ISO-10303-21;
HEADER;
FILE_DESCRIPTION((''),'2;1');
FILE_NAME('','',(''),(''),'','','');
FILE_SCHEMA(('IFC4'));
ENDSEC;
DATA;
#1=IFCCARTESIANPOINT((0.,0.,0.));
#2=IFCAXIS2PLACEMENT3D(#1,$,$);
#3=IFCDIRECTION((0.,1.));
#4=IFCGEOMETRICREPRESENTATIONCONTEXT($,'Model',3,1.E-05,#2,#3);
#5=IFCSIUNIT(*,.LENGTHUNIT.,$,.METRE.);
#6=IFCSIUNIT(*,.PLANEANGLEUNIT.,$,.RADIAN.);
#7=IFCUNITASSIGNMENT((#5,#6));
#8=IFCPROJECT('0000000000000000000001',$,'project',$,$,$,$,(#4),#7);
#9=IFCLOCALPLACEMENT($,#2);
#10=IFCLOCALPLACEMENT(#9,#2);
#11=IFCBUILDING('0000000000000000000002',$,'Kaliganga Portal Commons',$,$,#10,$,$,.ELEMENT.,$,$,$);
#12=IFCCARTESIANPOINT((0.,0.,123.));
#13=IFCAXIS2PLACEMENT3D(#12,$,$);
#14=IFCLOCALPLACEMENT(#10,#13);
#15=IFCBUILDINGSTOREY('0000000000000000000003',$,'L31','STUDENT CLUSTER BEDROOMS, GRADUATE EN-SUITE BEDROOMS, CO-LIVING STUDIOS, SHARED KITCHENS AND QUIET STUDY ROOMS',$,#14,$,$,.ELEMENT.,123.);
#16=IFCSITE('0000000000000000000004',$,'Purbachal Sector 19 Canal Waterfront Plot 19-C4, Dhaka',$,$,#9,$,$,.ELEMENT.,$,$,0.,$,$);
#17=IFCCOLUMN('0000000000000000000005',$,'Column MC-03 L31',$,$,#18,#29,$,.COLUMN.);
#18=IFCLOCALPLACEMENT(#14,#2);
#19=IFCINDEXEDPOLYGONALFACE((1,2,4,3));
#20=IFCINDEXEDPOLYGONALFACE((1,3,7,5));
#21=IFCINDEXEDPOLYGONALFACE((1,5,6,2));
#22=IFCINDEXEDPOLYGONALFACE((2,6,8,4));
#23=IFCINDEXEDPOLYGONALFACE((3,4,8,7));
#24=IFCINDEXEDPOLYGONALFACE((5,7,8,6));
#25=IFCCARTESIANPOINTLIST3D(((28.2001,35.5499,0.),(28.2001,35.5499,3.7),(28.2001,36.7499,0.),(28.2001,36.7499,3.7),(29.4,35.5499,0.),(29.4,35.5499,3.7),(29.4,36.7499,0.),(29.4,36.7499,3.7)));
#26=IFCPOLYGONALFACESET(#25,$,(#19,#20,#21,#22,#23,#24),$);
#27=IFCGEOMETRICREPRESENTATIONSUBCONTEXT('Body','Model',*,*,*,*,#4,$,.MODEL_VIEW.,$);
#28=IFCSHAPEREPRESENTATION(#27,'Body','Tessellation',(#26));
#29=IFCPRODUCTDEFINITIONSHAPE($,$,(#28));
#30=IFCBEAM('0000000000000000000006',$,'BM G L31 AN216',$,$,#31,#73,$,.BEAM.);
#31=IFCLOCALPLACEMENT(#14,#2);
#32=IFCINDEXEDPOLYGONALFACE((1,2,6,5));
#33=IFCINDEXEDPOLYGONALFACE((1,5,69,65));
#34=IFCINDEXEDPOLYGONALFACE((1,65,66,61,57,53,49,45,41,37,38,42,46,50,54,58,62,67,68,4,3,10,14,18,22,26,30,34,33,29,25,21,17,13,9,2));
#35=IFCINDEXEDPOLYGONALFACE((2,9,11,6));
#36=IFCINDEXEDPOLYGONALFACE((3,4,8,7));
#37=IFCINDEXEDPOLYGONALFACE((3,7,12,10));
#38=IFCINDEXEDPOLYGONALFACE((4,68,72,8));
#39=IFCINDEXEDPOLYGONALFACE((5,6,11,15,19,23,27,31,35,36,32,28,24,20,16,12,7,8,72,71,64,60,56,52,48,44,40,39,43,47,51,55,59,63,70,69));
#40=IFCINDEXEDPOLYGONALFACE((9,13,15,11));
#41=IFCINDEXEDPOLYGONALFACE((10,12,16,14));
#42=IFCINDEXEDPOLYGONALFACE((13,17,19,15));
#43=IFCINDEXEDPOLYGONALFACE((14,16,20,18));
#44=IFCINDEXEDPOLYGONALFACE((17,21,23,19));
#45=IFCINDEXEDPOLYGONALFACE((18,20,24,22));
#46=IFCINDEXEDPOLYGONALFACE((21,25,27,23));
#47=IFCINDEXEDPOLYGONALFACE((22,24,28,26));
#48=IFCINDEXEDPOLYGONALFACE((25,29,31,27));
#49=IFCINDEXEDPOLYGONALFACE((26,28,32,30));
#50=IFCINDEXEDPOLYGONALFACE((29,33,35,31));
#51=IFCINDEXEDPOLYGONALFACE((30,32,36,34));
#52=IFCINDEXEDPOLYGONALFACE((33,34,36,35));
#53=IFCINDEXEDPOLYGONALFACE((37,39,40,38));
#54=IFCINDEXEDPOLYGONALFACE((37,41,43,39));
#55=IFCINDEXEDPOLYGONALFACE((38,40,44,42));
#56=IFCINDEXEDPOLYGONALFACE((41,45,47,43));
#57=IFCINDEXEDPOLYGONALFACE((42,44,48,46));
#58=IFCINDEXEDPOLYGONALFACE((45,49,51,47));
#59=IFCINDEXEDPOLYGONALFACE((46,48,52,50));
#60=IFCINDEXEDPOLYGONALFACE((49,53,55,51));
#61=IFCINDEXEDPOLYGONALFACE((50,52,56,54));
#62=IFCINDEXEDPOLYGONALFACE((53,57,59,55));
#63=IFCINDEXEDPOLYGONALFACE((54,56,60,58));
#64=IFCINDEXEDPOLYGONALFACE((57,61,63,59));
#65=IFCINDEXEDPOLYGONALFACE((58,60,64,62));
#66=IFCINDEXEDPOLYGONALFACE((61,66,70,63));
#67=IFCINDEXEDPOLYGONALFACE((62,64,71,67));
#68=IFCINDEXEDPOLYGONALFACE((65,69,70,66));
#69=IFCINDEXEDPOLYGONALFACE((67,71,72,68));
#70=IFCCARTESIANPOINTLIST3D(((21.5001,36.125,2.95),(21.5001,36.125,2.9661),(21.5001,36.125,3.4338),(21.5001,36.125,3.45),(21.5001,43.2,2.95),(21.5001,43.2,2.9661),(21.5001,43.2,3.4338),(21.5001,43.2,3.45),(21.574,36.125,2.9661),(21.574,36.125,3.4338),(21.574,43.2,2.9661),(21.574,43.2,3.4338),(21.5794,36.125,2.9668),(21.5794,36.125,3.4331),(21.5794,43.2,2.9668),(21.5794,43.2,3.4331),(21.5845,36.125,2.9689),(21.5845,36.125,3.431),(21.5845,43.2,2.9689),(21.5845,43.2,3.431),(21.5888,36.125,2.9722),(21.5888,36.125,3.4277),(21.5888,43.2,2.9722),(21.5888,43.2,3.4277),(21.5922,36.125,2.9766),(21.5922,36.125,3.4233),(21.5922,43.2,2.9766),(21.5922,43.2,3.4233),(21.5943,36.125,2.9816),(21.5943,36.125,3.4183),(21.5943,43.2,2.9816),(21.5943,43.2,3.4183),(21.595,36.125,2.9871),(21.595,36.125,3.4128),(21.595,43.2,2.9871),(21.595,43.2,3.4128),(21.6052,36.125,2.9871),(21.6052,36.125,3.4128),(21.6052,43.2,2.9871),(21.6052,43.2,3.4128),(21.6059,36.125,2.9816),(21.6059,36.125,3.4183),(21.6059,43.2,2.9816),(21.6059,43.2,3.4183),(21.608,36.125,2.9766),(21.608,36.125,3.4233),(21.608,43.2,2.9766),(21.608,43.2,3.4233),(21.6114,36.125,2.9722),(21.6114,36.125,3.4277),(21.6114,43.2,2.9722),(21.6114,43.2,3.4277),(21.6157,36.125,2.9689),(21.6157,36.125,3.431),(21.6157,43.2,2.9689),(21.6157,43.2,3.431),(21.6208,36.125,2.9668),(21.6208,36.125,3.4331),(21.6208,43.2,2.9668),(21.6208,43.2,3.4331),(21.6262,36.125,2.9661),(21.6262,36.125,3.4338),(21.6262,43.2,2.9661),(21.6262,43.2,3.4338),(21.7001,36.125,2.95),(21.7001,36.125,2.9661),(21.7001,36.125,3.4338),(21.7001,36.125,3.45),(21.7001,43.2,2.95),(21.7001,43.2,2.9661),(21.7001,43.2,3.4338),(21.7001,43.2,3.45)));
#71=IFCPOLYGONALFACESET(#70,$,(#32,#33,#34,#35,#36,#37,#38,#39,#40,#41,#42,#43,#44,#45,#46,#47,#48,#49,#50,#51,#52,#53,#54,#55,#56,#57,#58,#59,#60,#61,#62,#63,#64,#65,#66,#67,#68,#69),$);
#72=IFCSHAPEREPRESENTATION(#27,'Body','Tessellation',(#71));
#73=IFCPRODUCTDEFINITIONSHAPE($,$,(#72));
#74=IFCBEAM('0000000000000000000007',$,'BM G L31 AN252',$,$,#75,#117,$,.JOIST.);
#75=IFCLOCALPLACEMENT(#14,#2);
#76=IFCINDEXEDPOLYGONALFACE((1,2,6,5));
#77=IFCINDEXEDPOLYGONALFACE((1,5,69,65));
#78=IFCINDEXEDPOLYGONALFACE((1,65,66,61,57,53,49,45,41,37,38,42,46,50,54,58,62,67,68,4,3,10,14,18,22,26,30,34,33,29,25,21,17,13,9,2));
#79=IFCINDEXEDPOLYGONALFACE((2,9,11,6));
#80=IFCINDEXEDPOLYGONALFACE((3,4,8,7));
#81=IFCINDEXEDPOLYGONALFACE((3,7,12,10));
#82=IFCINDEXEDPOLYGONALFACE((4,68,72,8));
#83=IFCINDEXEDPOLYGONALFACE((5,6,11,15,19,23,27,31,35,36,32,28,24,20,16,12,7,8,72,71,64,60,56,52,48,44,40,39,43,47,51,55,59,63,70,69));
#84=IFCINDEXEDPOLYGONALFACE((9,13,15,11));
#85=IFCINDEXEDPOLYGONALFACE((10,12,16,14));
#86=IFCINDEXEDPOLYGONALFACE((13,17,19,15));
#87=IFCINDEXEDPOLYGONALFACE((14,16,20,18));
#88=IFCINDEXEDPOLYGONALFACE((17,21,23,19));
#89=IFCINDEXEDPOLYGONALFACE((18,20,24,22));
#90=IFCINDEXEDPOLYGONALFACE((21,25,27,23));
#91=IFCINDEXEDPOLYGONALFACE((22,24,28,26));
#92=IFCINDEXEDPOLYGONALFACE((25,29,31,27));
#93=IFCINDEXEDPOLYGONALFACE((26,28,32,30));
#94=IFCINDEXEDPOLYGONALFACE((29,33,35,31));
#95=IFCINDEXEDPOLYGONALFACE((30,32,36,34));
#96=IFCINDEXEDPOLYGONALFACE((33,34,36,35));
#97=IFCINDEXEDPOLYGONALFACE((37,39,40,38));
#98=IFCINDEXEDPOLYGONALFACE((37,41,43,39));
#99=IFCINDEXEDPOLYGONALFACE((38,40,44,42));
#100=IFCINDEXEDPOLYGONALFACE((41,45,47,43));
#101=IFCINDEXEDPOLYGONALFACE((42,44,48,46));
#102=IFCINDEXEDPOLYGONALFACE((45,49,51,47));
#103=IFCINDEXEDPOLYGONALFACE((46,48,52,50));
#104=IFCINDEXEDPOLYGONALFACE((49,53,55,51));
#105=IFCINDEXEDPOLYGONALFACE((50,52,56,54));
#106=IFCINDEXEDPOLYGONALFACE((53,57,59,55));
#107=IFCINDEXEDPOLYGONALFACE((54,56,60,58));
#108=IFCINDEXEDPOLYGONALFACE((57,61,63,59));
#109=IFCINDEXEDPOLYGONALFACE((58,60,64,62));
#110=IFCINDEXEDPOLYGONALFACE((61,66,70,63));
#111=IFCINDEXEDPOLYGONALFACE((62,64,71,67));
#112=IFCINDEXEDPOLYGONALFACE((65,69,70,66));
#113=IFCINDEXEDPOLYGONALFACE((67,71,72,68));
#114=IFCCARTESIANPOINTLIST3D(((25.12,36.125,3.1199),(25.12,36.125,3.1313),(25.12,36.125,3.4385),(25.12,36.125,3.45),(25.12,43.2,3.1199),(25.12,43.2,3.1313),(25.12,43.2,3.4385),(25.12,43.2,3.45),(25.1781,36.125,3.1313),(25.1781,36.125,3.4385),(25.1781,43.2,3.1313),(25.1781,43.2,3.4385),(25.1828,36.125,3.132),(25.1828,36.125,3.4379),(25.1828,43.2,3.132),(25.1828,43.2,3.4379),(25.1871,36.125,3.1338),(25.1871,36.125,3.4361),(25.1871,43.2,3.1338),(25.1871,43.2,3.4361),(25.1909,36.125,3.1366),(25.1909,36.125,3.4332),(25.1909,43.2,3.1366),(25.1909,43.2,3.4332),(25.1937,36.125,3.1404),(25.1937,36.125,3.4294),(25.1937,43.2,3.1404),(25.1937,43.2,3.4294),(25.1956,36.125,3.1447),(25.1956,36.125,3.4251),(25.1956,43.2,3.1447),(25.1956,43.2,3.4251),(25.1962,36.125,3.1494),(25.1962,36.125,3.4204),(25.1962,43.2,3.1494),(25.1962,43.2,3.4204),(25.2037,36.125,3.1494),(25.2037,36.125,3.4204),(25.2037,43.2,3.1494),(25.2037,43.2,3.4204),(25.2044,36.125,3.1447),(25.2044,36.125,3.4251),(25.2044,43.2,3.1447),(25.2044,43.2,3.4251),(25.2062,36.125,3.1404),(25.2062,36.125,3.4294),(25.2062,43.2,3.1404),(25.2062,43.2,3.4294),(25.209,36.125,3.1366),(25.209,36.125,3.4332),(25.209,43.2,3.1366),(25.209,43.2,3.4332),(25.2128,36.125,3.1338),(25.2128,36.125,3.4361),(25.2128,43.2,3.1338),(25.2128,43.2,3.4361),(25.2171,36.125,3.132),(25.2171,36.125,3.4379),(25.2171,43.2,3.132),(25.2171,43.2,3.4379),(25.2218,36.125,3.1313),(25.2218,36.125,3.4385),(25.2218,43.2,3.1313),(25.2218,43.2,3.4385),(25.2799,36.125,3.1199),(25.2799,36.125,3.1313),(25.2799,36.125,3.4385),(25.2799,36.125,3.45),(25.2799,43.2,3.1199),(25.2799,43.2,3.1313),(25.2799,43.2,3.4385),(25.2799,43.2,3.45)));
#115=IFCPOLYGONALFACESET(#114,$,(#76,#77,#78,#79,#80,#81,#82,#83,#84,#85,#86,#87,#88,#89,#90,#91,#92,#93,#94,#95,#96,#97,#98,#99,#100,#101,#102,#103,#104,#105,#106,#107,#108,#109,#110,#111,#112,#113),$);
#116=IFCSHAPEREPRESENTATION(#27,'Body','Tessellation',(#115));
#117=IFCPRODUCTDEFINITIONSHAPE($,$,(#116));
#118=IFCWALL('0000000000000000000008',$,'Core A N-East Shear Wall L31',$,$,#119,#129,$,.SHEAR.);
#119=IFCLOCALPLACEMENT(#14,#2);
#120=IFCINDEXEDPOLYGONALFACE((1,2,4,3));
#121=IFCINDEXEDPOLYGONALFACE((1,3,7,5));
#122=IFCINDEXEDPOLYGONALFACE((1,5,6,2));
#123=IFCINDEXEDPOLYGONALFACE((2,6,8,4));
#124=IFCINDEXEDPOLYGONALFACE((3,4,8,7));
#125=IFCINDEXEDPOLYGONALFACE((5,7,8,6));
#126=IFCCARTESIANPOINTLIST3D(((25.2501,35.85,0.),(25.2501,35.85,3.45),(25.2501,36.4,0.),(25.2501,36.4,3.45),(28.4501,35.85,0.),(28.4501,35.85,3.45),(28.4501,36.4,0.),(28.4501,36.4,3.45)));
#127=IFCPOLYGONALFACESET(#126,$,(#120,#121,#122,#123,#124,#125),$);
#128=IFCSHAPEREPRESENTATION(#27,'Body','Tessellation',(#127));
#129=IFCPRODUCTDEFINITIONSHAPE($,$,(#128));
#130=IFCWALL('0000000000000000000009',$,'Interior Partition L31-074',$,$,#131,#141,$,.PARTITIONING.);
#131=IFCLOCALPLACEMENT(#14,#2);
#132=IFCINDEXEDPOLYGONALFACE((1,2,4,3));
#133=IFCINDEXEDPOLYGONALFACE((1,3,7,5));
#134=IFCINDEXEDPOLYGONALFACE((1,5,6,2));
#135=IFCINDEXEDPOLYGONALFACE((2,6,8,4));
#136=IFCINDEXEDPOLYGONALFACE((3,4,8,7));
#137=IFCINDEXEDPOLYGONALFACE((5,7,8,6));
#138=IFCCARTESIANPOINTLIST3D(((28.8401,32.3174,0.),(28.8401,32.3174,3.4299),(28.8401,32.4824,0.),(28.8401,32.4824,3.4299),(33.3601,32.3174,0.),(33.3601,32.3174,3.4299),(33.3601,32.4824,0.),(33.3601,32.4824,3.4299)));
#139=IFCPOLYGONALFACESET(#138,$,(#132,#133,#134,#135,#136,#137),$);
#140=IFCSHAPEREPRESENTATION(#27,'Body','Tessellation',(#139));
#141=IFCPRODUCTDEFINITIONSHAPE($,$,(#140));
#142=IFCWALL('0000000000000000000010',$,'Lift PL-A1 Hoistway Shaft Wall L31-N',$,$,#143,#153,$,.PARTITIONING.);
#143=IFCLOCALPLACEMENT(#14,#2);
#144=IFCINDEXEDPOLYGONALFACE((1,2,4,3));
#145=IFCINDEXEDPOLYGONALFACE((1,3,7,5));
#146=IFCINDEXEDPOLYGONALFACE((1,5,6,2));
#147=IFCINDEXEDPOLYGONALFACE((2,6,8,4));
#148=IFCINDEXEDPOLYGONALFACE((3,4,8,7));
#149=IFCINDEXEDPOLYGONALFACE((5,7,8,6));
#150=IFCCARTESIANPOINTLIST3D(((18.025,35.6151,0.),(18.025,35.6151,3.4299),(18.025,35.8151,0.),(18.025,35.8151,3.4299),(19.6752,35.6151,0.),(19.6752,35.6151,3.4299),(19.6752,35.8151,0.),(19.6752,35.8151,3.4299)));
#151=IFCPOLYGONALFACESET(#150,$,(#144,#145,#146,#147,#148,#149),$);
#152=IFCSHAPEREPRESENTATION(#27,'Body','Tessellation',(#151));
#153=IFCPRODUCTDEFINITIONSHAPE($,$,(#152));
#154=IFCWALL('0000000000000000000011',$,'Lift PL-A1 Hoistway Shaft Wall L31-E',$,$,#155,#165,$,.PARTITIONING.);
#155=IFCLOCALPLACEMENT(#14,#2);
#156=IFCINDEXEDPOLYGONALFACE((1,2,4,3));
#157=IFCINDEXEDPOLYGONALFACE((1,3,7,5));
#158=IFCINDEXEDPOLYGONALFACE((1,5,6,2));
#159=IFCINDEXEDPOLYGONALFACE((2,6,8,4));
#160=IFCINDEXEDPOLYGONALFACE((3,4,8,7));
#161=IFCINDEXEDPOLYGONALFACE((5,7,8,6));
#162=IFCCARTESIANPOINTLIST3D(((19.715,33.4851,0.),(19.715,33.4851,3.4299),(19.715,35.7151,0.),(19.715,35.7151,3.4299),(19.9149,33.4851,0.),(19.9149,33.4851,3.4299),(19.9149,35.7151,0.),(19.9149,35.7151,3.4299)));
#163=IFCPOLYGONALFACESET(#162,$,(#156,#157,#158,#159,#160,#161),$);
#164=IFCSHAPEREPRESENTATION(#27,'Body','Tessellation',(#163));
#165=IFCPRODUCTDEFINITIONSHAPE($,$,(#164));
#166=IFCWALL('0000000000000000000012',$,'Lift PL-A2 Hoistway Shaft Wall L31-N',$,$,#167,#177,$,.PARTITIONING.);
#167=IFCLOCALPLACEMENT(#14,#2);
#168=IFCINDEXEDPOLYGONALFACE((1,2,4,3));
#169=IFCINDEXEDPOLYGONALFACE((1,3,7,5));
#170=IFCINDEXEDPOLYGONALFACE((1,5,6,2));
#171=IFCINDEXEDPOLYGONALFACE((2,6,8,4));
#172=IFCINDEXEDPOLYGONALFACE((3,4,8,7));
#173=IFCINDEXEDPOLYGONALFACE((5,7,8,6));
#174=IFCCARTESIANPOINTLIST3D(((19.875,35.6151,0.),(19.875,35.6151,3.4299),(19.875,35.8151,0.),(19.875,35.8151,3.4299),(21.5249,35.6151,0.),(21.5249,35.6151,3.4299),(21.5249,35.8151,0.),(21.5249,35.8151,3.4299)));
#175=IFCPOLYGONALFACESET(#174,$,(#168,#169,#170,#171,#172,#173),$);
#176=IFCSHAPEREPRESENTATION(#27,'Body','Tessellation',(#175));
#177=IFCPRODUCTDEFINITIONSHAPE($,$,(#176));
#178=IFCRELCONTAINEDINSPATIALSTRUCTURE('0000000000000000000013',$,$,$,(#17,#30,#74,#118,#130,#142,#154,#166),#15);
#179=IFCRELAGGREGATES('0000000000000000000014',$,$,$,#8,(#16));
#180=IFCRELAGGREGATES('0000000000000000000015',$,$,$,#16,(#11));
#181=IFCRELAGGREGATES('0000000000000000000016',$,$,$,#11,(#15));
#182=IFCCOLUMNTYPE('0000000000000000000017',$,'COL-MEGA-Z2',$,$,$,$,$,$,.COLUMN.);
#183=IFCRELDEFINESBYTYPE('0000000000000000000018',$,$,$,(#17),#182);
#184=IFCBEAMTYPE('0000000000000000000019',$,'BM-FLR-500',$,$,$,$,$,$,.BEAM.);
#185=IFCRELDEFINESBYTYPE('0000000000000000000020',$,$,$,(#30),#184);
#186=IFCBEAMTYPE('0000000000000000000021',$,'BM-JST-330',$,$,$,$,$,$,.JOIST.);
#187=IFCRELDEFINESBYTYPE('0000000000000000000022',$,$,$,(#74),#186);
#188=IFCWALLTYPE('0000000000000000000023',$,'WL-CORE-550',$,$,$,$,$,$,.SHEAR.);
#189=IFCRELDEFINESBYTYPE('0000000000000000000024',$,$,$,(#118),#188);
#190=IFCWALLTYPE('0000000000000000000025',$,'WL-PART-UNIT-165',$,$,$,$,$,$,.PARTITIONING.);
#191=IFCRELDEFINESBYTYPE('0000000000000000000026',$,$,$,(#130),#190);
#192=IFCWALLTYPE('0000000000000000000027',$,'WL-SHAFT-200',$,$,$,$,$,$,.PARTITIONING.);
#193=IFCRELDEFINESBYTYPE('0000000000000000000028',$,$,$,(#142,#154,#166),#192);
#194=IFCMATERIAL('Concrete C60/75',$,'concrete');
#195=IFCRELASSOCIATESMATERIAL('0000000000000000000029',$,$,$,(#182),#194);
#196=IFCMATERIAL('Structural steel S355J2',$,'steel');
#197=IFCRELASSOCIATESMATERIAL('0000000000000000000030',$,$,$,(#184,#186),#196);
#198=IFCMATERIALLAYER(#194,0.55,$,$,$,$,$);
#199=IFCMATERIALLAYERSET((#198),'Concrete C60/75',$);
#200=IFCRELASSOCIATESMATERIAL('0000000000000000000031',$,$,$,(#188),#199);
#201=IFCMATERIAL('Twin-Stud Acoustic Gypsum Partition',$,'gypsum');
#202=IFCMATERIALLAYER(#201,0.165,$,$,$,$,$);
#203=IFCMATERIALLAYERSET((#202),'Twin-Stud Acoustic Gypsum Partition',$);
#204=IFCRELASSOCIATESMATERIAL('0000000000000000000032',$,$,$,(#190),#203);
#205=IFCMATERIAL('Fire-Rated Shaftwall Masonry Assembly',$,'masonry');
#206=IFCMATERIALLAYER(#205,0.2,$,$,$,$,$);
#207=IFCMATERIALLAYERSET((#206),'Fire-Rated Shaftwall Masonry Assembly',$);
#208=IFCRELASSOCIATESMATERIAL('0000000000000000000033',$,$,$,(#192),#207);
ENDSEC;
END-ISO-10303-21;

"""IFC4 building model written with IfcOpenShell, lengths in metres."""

from ifc_helpers import new_model, si_unit, direction, frame, frame_2d, origin, origin_2d, place, context, subcontext, project, spatial, rectangle, i_section, extrude, source, transform, mapped, material, layer, layer_set, material_profile, profile_set, type_object, element, save


model = new_model("IFC4")

# Units and contexts
model_context = context("Model", 3, precision=1e-05, world=origin(), true_north=direction((0.0, 1.0)))
body_context = subcontext(model_context, "Body", "Model", "MODEL_VIEW")
ifc_project = project(units=[si_unit("LENGTHUNIT", "METRE"), si_unit("PLANEANGLEUNIT", "RADIAN")], contexts=[model_context])

# Site, building, storey
site_placement = place(None, origin())
site = spatial("IfcSite", under=ifc_project, at=site_placement, Name="Purbachal Sector 19 Canal Waterfront Plot 19-C4, Dhaka", CompositionType="ELEMENT", RefElevation=0.0)
building_placement = place(site_placement, origin())
building = spatial("IfcBuilding", under=site, at=building_placement, Name="Kaliganga Portal Commons", CompositionType="ELEMENT")
storey_placement = place(building_placement, frame((0.0, 0.0, 123.0)))
storey = spatial("IfcBuildingStorey", under=building, at=storey_placement, Name="L31", Description="STUDENT CLUSTER BEDROOMS, GRADUATE EN-SUITE BEDROOMS, CO-LIVING STUDIOS, SHARED KITCHENS AND QUIET STUDY ROOMS", CompositionType="ELEMENT", Elevation=123.0)

# Column
ifc_material_1 = material(Name="Concrete C60/75", Category="concrete")
ifc_material_profile_1 = material_profile(ifc_material_1, rectangle(XDim=1.2, YDim=1.2, at=origin_2d()), Name="RC 1200x1200")
ifc_profile_set_1 = profile_set([ifc_material_profile_1], Name="Concrete C60/75")
column_type = type_object("IfcColumnType", Name="COL-MEGA-Z2", PredefinedType="COLUMN", material=ifc_profile_set_1)
shared_shape_1 = source(origin(), body_context, "Body", "SweptSolid", [
    extrude(rectangle(XDim=1.2, YDim=1.2, at=origin_2d()), origin(), (0.0, 0.0, 1.0), 3.7),
])
column_placement = place(storey_placement, frame((28.8, 36.1499, 0.0), z_axis=(0.0, 0.0, 1.0), x_axis=(1.0, 0.0, 0.0)))
element("IfcColumn", 1, at=column_placement, inside=storey, type_object=column_type, Name="Column MC-03 L31", PredefinedType="COLUMN", context=body_context, shape_type="MappedRepresentation", body=[
    mapped(shared_shape_1, transform((0.0, 0.0, 0.0), x_axis=(1.0, 0.0, 0.0), y_axis=(0.0, 1.0, 0.0), z_axis=(0.0, 0.0, 1.0), scale=1.0)),
])

# Beams
ifc_material_2 = material(Name="Structural steel S355J2", Category="steel")
ifc_material_profile_2 = material_profile(ifc_material_2, i_section(OverallWidth=0.2, OverallDepth=0.5, WebThickness=0.0103, FlangeThickness=0.0161, FilletRadius=0.021, at=origin_2d()), Name="IPE 500")
ifc_profile_set_2 = profile_set([ifc_material_profile_2], Name="Structural steel S355J2 wide-flange")
beam_type_1 = type_object("IfcBeamType", Name="BM-FLR-500", PredefinedType="BEAM", material=ifc_profile_set_2)
shared_shape_2 = source(origin(), body_context, "Body", "SweptSolid", [
    extrude(i_section(OverallWidth=0.2, OverallDepth=0.5, WebThickness=0.0103, FlangeThickness=0.0161, FilletRadius=0.021, at=origin_2d()), origin(), (0.0, 0.0, 1.0), 7.075),
])
beam_1_placement = place(storey_placement, frame((21.6001, 36.125, 3.2), z_axis=(0.0, 1.0, 0.0), x_axis=(-1.0, 0.0, 0.0)))
element("IfcBeam", 2, at=beam_1_placement, inside=storey, type_object=beam_type_1, Name="BM G L31 AN216", PredefinedType="BEAM", context=body_context, shape_type="MappedRepresentation", body=[
    mapped(shared_shape_2, transform((0.0, 0.0, 0.0), x_axis=(1.0, 0.0, 0.0), y_axis=(0.0, 1.0, 0.0), z_axis=(0.0, 0.0, 1.0), scale=1.0)),
])
ifc_material_profile_3 = material_profile(ifc_material_2, i_section(OverallWidth=0.1599, OverallDepth=0.3301, WebThickness=0.0076, FlangeThickness=0.0115, FilletRadius=0.0181, at=origin_2d()), Name="IPE 330")
ifc_profile_set_3 = profile_set([ifc_material_profile_3], Name="Structural steel S355J2 wide-flange")
beam_type_2 = type_object("IfcBeamType", Name="BM-JST-330", PredefinedType="JOIST", material=ifc_profile_set_3)
shared_shape_3 = source(origin(), body_context, "Body", "SweptSolid", [
    extrude(i_section(OverallWidth=0.1599, OverallDepth=0.3301, WebThickness=0.0076, FlangeThickness=0.0115, FilletRadius=0.0181, at=origin_2d()), origin(), (0.0, 0.0, 1.0), 7.075),
])
beam_2_placement = place(storey_placement, frame((25.2, 36.125, 3.2849), z_axis=(0.0, 1.0, 0.0), x_axis=(-1.0, 0.0, 0.0)))
element("IfcBeam", 3, at=beam_2_placement, inside=storey, type_object=beam_type_2, Name="BM G L31 AN252", PredefinedType="JOIST", context=body_context, shape_type="MappedRepresentation", body=[
    mapped(shared_shape_3, transform((0.0, 0.0, 0.0), x_axis=(1.0, 0.0, 0.0), y_axis=(0.0, 1.0, 0.0), z_axis=(0.0, 0.0, 1.0), scale=1.0)),
])

# Walls
ifc_layer_1 = layer(ifc_material_1, 0.55)
ifc_layer_set_1 = layer_set([ifc_layer_1], Name="Concrete C60/75")
wall_type_1 = type_object("IfcWallType", Name="WL-CORE-550", PredefinedType="SHEAR", material=ifc_layer_set_1)
wall_1_placement = place(storey_placement, frame((25.25, 36.125, 0.0), z_axis=(0.0, 0.0, 1.0), x_axis=(1.0, 0.0, 0.0)))
element("IfcWall", 4, at=wall_1_placement, inside=storey, type_object=wall_type_1, Name="Core A N-East Shear Wall L31", PredefinedType="SHEAR", context=body_context, shape_type="SweptSolid", body=[
    extrude(rectangle(XDim=3.2, YDim=0.55, at=frame_2d((1.6001, 0.0))), origin(), (0.0, 0.0, 1.0), 3.45),
])
ifc_material_3 = material(Name="Twin-Stud Acoustic Gypsum Partition", Category="gypsum")
ifc_layer_2 = layer(ifc_material_3, 0.165)
ifc_layer_set_2 = layer_set([ifc_layer_2], Name="Twin-Stud Acoustic Gypsum Partition")
wall_type_2 = type_object("IfcWallType", Name="WL-PART-UNIT-165", PredefinedType="PARTITIONING", material=ifc_layer_set_2)
wall_2_placement = place(storey_placement, frame((28.8401, 32.3999, 0.0), z_axis=(0.0, 0.0, 1.0), x_axis=(1.0, 0.0, 0.0)))
element("IfcWall", 5, at=wall_2_placement, inside=storey, type_object=wall_type_2, Name="Interior Partition L31-074", PredefinedType="PARTITIONING", context=body_context, shape_type="SweptSolid", body=[
    extrude(rectangle(XDim=4.52, YDim=0.165, at=frame_2d((2.26, 0.0))), origin(), (0.0, 0.0, 1.0), 3.4299),
])

# Shared definitions
ifc_material_4 = material(Name="Fire-Rated Shaftwall Masonry Assembly", Category="masonry")
ifc_layer_3 = layer(ifc_material_4, 0.2)
ifc_layer_set_3 = layer_set([ifc_layer_3], Name="Fire-Rated Shaftwall Masonry Assembly")
wall_type_3 = type_object("IfcWallType", Name="WL-SHAFT-200", PredefinedType="PARTITIONING", material=ifc_layer_set_3)

# Walls
wall_3_placement = place(storey_placement, frame((18.0249, 35.7151, 0.0), z_axis=(0.0, 0.0, 1.0), x_axis=(1.0, 0.0, 0.0)))
element("IfcWall", 6, at=wall_3_placement, inside=storey, type_object=wall_type_3, Name="Lift PL-A1 Hoistway Shaft Wall L31-N", PredefinedType="PARTITIONING", context=body_context, shape_type="SweptSolid", body=[
    extrude(rectangle(XDim=1.6501, YDim=0.2, at=frame_2d((0.8252, 0.0))), origin(), (0.0, 0.0, 1.0), 3.4299),
])
wall_4_placement = place(storey_placement, frame((19.8149, 33.4851, 0.0), z_axis=(0.0, 0.0, 1.0), x_axis=(0.0, 1.0, 0.0)))
element("IfcWall", 7, at=wall_4_placement, inside=storey, type_object=wall_type_3, Name="Lift PL-A1 Hoistway Shaft Wall L31-E", PredefinedType="PARTITIONING", context=body_context, shape_type="SweptSolid", body=[
    extrude(rectangle(XDim=2.23, YDim=0.2, at=frame_2d((1.115, 0.0))), origin(), (0.0, 0.0, 1.0), 3.4299),
])

# Wall
wall_5_placement = place(storey_placement, frame((19.875, 35.7151, 0.0), z_axis=(0.0, 0.0, 1.0), x_axis=(1.0, 0.0, 0.0)))
element("IfcWall", 8, at=wall_5_placement, inside=storey, type_object=wall_type_3, Name="Lift PL-A2 Hoistway Shaft Wall L31-N", PredefinedType="PARTITIONING", context=body_context, shape_type="SweptSolid", body=[
    extrude(rectangle(XDim=1.6499, YDim=0.2, at=frame_2d((0.825, 0.0))), origin(), (0.0, 0.0, 1.0), 3.4299),
])

save(model, "model.ifc")
